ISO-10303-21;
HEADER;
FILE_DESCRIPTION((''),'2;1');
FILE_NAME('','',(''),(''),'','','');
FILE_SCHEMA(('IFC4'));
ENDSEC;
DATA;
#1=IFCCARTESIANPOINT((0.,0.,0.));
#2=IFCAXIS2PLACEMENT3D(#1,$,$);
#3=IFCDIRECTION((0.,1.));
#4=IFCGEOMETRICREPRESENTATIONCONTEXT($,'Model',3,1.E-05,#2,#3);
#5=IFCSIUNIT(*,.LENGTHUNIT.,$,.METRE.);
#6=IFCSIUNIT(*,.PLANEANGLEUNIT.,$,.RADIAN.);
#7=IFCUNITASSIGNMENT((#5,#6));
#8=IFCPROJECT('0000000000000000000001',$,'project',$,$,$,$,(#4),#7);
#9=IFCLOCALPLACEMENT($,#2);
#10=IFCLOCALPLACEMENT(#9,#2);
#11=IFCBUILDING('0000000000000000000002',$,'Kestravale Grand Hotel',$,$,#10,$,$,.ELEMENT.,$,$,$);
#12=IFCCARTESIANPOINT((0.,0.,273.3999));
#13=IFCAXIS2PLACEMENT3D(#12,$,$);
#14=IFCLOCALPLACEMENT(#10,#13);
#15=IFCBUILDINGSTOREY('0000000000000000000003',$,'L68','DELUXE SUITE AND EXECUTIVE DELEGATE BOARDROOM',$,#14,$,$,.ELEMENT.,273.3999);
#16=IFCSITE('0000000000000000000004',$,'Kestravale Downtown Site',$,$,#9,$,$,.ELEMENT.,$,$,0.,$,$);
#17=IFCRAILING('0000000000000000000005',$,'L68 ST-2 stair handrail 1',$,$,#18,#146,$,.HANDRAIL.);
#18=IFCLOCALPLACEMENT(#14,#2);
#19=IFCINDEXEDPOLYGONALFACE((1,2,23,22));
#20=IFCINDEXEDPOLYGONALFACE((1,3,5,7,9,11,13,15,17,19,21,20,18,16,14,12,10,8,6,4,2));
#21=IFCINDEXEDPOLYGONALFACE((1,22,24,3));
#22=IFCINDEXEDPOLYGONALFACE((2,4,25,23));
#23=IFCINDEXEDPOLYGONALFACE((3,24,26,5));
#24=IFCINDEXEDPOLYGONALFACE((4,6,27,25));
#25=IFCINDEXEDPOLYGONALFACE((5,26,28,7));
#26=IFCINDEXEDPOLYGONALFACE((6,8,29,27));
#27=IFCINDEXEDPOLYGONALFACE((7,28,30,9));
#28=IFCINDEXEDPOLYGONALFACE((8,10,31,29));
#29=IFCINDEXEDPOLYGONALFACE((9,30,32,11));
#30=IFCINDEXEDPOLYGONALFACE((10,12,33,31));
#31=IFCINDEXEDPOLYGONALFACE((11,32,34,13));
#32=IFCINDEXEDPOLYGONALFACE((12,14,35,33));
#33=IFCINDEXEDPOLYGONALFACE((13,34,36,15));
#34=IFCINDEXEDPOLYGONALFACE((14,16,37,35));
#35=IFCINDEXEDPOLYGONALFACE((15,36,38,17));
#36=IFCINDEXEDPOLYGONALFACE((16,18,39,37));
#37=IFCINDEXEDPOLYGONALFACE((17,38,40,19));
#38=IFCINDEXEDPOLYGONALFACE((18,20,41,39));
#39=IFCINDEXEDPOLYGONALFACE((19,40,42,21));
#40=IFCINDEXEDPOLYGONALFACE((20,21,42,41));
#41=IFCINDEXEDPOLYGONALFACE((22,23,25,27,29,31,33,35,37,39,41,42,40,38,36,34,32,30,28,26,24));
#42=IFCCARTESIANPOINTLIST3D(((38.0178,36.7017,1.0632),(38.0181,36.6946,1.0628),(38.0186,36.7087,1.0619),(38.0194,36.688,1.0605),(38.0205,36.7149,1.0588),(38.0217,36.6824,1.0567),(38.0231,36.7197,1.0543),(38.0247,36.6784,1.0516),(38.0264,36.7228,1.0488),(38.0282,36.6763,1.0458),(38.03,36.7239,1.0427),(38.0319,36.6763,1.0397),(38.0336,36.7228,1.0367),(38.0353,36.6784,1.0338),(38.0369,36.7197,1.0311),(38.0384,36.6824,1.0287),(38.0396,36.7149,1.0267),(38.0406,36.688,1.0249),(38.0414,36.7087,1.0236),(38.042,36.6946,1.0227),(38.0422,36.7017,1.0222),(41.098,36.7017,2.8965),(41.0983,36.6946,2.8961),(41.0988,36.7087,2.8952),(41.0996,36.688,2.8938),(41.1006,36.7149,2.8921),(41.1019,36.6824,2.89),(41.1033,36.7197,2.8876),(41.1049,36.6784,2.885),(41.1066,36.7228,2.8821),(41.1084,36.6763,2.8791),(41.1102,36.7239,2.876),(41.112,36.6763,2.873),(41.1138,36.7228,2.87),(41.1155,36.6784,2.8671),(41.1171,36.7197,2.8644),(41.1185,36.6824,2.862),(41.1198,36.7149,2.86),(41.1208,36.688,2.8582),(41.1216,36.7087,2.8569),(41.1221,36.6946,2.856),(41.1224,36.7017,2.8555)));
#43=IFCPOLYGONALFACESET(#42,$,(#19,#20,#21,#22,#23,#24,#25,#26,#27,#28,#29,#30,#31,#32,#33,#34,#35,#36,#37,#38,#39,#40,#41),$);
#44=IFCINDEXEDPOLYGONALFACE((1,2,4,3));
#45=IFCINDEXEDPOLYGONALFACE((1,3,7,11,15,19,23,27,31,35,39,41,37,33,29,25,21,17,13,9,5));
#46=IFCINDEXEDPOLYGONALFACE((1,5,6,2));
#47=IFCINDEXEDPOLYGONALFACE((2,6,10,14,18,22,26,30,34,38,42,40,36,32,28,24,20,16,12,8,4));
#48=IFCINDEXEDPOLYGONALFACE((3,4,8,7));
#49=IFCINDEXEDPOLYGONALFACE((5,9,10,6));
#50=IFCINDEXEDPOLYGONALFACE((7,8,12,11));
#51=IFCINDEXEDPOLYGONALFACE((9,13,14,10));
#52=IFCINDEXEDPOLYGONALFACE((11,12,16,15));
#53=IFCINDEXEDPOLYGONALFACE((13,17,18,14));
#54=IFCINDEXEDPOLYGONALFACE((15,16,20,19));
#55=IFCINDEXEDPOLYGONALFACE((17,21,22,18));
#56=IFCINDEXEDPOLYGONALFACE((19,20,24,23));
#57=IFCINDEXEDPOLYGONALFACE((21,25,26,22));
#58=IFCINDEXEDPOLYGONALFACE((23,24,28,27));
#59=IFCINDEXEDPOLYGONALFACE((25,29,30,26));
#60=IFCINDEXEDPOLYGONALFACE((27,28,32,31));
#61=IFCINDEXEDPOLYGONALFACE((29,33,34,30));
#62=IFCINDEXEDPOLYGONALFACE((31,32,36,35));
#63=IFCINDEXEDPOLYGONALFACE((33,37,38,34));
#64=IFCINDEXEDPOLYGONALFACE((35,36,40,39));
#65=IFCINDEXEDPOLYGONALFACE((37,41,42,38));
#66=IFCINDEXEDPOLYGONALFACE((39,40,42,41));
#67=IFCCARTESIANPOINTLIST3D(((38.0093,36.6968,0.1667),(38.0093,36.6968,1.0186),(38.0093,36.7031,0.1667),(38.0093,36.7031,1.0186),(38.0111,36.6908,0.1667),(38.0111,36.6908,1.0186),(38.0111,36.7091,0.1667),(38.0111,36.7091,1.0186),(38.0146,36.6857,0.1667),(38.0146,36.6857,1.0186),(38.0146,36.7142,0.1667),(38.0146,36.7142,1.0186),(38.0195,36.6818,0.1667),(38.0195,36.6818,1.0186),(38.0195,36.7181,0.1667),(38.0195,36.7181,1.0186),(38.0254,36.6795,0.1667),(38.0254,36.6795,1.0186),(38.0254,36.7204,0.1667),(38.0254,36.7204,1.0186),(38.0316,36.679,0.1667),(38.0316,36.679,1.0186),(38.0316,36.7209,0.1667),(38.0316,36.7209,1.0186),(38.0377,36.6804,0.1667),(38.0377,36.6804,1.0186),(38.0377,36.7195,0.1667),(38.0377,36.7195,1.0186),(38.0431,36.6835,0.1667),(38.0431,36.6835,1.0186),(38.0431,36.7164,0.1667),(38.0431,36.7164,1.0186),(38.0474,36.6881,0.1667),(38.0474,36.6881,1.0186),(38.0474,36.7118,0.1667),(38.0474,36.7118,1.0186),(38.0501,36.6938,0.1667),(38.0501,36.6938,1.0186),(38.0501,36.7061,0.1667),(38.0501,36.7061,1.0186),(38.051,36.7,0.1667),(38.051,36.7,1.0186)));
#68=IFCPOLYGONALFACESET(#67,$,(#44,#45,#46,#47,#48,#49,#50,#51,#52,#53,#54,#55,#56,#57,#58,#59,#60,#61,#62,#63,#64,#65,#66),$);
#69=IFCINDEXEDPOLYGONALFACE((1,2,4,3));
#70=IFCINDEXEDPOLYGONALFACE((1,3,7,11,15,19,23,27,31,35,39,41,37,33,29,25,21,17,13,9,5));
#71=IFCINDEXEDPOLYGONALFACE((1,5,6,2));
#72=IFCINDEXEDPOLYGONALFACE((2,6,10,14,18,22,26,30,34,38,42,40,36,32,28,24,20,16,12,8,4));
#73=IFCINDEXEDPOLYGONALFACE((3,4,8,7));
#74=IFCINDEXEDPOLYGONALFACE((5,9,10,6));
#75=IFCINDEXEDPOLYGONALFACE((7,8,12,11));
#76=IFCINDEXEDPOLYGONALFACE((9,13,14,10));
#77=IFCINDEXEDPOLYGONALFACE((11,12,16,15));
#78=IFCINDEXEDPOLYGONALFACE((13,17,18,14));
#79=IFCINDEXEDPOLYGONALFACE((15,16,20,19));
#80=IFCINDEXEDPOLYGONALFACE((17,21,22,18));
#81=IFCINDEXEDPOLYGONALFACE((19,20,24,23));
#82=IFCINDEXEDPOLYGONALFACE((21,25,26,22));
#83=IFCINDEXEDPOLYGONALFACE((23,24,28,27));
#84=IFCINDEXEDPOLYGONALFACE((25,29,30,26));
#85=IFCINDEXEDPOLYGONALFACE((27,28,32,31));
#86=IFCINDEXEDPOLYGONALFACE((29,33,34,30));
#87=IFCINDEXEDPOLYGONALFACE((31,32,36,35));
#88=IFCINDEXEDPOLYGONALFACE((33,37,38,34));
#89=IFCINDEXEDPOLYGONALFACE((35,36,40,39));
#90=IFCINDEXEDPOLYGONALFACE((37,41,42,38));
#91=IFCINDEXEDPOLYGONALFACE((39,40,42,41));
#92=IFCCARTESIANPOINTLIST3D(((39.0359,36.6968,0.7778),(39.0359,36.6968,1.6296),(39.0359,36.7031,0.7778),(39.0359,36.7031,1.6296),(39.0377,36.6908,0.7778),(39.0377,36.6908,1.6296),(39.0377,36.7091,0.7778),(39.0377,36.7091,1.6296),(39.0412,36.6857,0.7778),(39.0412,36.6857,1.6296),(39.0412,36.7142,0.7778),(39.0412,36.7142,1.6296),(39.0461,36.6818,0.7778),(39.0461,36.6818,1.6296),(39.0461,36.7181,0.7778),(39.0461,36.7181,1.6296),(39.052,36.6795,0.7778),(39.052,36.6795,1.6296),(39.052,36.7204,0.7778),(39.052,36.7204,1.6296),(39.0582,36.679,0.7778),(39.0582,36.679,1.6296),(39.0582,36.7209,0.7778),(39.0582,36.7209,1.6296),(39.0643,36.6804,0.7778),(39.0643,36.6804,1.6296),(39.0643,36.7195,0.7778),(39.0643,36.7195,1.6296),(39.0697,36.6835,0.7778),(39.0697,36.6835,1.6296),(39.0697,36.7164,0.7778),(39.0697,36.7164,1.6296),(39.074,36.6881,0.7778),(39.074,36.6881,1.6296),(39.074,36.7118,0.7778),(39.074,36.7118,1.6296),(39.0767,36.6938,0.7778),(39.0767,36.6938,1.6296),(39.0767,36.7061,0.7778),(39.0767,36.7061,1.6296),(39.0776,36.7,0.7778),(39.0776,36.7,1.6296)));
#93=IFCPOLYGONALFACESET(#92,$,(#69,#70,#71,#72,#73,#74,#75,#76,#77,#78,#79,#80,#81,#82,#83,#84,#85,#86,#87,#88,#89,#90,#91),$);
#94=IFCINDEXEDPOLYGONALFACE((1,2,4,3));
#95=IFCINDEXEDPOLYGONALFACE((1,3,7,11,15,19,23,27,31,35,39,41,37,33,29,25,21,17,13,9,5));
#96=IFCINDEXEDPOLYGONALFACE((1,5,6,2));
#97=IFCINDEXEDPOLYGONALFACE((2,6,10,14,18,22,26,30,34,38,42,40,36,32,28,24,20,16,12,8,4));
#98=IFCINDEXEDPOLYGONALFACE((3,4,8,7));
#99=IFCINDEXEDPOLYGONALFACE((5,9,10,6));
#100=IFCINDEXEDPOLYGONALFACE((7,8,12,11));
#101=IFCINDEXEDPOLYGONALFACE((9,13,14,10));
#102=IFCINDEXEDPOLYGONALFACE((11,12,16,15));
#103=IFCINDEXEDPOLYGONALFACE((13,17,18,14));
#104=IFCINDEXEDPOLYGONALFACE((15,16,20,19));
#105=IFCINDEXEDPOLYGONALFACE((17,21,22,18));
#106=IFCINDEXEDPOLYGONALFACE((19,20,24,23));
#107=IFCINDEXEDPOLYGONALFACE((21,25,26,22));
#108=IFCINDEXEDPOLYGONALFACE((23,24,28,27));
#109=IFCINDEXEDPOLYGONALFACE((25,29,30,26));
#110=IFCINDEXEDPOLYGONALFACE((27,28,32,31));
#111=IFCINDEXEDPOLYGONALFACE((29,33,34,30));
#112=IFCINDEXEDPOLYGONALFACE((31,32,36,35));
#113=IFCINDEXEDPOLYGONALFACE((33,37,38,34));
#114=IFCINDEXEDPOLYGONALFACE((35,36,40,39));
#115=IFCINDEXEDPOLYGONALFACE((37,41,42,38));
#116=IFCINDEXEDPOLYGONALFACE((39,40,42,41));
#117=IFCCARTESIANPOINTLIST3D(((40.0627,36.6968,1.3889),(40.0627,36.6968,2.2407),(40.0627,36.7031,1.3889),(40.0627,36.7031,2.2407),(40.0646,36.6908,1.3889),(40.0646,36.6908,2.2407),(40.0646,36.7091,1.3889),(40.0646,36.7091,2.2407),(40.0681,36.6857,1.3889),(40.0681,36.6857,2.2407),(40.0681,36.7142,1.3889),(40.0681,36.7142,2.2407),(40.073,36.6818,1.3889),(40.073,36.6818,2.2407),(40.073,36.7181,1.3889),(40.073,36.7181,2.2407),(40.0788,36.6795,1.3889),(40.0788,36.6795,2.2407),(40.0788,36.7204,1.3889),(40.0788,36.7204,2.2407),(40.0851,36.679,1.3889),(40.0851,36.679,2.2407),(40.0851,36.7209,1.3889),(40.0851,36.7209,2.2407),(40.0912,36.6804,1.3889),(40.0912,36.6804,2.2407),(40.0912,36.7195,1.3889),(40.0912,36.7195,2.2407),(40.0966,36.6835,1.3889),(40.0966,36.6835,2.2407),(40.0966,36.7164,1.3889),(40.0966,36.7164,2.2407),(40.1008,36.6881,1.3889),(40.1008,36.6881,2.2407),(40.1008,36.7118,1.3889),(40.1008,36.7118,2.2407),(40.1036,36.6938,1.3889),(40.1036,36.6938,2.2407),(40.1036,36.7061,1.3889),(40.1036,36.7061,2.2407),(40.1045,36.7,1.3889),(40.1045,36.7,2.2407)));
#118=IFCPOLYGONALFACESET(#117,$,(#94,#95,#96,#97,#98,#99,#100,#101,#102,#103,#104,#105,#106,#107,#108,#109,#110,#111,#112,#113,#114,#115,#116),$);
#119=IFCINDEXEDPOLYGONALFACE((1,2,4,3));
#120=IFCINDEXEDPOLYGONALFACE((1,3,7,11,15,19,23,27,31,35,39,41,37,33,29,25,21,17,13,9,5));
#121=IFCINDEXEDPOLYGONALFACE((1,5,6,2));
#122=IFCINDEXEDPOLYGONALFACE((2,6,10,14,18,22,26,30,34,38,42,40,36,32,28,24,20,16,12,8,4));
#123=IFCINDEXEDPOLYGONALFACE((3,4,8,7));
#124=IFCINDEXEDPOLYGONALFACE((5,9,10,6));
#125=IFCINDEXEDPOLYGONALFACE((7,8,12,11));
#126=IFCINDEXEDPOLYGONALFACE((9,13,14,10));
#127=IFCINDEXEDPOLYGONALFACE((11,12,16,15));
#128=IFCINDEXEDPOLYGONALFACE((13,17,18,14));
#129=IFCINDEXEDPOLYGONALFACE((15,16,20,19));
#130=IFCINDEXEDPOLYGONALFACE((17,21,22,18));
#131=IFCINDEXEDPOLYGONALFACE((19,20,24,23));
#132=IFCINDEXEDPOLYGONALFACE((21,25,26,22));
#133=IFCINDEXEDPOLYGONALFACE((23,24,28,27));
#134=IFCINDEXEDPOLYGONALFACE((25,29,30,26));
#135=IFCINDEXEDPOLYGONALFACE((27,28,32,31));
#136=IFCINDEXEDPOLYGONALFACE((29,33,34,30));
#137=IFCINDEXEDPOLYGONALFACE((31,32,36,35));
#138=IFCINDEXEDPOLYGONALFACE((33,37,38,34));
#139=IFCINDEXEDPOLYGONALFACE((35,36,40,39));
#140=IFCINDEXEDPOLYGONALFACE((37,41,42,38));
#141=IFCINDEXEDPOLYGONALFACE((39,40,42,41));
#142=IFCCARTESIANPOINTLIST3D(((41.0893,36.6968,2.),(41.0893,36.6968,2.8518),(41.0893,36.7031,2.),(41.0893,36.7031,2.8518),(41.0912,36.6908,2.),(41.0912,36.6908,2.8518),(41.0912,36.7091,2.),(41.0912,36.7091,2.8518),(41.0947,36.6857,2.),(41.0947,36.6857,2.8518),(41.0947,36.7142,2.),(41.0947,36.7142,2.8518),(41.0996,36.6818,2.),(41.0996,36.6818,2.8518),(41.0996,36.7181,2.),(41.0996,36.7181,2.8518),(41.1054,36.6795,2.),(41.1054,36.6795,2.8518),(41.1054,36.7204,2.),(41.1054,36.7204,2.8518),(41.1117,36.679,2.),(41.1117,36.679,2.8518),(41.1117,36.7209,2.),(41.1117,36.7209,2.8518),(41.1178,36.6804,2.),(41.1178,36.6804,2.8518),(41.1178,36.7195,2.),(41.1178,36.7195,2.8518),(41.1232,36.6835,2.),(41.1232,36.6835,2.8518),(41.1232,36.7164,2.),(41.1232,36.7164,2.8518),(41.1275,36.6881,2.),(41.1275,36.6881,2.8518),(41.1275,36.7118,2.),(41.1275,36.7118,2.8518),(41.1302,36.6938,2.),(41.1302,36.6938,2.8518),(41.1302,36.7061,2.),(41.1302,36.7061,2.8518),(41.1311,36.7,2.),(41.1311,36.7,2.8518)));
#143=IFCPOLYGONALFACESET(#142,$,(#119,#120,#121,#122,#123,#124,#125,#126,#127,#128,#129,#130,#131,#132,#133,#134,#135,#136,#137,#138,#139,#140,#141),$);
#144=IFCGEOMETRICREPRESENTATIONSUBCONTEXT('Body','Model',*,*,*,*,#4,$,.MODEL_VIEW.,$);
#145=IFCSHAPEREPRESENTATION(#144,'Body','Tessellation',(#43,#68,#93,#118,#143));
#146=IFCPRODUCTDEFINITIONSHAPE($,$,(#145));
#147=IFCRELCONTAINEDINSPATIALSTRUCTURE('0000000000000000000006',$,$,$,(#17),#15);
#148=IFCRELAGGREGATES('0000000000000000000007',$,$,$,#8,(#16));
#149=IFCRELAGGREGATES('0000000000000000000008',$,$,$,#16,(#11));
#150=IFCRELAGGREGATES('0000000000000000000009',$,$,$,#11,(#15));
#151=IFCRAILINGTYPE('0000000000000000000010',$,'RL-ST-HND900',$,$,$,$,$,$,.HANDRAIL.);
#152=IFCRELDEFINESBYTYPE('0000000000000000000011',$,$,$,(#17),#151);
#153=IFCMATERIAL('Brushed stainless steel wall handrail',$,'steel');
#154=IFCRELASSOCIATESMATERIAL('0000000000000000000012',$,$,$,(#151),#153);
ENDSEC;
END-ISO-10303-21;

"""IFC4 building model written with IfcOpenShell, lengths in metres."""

from ifc_helpers import new_model, si_unit, direction, frame, origin, origin_2d, place, context, subcontext, project, spatial, circle, extrude, material, type_object, element, save


model = new_model("IFC4")

# Units and contexts
model_context = context("Model", 3, precision=1e-05, world=origin(), true_north=direction((0.0, 1.0)))
body_context = subcontext(model_context, "Body", "Model", "MODEL_VIEW")
ifc_project = project(units=[si_unit("LENGTHUNIT", "METRE"), si_unit("PLANEANGLEUNIT", "RADIAN")], contexts=[model_context])

# Site, building, storey
site_placement = place(None, origin())
site = spatial("IfcSite", under=ifc_project, at=site_placement, Name="Kestravale Downtown Site", CompositionType="ELEMENT", RefElevation=0.0)
building_placement = place(site_placement, origin())
building = spatial("IfcBuilding", under=site, at=building_placement, Name="Kestravale Grand Hotel", CompositionType="ELEMENT")
storey_placement = place(building_placement, frame((0.0, 0.0, 273.3999)))
storey = spatial("IfcBuildingStorey", under=building, at=storey_placement, Name="L68", Description="DELUXE SUITE AND EXECUTIVE DELEGATE BOARDROOM", CompositionType="ELEMENT", Elevation=273.3999)

# Railing
ifc_material_1 = material(Name="Brushed stainless steel wall handrail", Category="steel")
railing_type = type_object("IfcRailingType", Name="RL-ST-HND900", PredefinedType="HANDRAIL", material=ifc_material_1)
railing_placement = place(storey_placement, frame((38.03, 36.7, 0.1667)))
element("IfcRailing", 1, at=railing_placement, inside=storey, type_object=railing_type, Name="L68 ST-2 stair handrail 1", PredefinedType="HANDRAIL", context=body_context, shape_type="SweptSolid", body=[
    extrude(circle(Radius=0.0239, at=origin_2d()), frame((0.0, 0.0, 0.876), z_axis=(0.859309, 0.0, 0.511458), x_axis=(0.0, 1.0, 0.0)), (0.0, 0.0, 1.0), 3.5845),
    extrude(circle(Radius=0.021, at=origin_2d()), origin(), (0.0, 0.0, 1.0), 0.8518),
    extrude(circle(Radius=0.021, at=origin_2d()), frame((1.0266, 0.0, 0.6111)), (0.0, 0.0, 1.0), 0.8518),
    extrude(circle(Radius=0.021, at=origin_2d()), frame((2.0535, 0.0, 1.2222)), (0.0, 0.0, 1.0), 0.8518),
    extrude(circle(Radius=0.021, at=origin_2d()), frame((3.0801, 0.0, 1.8333)), (0.0, 0.0, 1.0), 0.8518),
])

save(model, "model.ifc")
